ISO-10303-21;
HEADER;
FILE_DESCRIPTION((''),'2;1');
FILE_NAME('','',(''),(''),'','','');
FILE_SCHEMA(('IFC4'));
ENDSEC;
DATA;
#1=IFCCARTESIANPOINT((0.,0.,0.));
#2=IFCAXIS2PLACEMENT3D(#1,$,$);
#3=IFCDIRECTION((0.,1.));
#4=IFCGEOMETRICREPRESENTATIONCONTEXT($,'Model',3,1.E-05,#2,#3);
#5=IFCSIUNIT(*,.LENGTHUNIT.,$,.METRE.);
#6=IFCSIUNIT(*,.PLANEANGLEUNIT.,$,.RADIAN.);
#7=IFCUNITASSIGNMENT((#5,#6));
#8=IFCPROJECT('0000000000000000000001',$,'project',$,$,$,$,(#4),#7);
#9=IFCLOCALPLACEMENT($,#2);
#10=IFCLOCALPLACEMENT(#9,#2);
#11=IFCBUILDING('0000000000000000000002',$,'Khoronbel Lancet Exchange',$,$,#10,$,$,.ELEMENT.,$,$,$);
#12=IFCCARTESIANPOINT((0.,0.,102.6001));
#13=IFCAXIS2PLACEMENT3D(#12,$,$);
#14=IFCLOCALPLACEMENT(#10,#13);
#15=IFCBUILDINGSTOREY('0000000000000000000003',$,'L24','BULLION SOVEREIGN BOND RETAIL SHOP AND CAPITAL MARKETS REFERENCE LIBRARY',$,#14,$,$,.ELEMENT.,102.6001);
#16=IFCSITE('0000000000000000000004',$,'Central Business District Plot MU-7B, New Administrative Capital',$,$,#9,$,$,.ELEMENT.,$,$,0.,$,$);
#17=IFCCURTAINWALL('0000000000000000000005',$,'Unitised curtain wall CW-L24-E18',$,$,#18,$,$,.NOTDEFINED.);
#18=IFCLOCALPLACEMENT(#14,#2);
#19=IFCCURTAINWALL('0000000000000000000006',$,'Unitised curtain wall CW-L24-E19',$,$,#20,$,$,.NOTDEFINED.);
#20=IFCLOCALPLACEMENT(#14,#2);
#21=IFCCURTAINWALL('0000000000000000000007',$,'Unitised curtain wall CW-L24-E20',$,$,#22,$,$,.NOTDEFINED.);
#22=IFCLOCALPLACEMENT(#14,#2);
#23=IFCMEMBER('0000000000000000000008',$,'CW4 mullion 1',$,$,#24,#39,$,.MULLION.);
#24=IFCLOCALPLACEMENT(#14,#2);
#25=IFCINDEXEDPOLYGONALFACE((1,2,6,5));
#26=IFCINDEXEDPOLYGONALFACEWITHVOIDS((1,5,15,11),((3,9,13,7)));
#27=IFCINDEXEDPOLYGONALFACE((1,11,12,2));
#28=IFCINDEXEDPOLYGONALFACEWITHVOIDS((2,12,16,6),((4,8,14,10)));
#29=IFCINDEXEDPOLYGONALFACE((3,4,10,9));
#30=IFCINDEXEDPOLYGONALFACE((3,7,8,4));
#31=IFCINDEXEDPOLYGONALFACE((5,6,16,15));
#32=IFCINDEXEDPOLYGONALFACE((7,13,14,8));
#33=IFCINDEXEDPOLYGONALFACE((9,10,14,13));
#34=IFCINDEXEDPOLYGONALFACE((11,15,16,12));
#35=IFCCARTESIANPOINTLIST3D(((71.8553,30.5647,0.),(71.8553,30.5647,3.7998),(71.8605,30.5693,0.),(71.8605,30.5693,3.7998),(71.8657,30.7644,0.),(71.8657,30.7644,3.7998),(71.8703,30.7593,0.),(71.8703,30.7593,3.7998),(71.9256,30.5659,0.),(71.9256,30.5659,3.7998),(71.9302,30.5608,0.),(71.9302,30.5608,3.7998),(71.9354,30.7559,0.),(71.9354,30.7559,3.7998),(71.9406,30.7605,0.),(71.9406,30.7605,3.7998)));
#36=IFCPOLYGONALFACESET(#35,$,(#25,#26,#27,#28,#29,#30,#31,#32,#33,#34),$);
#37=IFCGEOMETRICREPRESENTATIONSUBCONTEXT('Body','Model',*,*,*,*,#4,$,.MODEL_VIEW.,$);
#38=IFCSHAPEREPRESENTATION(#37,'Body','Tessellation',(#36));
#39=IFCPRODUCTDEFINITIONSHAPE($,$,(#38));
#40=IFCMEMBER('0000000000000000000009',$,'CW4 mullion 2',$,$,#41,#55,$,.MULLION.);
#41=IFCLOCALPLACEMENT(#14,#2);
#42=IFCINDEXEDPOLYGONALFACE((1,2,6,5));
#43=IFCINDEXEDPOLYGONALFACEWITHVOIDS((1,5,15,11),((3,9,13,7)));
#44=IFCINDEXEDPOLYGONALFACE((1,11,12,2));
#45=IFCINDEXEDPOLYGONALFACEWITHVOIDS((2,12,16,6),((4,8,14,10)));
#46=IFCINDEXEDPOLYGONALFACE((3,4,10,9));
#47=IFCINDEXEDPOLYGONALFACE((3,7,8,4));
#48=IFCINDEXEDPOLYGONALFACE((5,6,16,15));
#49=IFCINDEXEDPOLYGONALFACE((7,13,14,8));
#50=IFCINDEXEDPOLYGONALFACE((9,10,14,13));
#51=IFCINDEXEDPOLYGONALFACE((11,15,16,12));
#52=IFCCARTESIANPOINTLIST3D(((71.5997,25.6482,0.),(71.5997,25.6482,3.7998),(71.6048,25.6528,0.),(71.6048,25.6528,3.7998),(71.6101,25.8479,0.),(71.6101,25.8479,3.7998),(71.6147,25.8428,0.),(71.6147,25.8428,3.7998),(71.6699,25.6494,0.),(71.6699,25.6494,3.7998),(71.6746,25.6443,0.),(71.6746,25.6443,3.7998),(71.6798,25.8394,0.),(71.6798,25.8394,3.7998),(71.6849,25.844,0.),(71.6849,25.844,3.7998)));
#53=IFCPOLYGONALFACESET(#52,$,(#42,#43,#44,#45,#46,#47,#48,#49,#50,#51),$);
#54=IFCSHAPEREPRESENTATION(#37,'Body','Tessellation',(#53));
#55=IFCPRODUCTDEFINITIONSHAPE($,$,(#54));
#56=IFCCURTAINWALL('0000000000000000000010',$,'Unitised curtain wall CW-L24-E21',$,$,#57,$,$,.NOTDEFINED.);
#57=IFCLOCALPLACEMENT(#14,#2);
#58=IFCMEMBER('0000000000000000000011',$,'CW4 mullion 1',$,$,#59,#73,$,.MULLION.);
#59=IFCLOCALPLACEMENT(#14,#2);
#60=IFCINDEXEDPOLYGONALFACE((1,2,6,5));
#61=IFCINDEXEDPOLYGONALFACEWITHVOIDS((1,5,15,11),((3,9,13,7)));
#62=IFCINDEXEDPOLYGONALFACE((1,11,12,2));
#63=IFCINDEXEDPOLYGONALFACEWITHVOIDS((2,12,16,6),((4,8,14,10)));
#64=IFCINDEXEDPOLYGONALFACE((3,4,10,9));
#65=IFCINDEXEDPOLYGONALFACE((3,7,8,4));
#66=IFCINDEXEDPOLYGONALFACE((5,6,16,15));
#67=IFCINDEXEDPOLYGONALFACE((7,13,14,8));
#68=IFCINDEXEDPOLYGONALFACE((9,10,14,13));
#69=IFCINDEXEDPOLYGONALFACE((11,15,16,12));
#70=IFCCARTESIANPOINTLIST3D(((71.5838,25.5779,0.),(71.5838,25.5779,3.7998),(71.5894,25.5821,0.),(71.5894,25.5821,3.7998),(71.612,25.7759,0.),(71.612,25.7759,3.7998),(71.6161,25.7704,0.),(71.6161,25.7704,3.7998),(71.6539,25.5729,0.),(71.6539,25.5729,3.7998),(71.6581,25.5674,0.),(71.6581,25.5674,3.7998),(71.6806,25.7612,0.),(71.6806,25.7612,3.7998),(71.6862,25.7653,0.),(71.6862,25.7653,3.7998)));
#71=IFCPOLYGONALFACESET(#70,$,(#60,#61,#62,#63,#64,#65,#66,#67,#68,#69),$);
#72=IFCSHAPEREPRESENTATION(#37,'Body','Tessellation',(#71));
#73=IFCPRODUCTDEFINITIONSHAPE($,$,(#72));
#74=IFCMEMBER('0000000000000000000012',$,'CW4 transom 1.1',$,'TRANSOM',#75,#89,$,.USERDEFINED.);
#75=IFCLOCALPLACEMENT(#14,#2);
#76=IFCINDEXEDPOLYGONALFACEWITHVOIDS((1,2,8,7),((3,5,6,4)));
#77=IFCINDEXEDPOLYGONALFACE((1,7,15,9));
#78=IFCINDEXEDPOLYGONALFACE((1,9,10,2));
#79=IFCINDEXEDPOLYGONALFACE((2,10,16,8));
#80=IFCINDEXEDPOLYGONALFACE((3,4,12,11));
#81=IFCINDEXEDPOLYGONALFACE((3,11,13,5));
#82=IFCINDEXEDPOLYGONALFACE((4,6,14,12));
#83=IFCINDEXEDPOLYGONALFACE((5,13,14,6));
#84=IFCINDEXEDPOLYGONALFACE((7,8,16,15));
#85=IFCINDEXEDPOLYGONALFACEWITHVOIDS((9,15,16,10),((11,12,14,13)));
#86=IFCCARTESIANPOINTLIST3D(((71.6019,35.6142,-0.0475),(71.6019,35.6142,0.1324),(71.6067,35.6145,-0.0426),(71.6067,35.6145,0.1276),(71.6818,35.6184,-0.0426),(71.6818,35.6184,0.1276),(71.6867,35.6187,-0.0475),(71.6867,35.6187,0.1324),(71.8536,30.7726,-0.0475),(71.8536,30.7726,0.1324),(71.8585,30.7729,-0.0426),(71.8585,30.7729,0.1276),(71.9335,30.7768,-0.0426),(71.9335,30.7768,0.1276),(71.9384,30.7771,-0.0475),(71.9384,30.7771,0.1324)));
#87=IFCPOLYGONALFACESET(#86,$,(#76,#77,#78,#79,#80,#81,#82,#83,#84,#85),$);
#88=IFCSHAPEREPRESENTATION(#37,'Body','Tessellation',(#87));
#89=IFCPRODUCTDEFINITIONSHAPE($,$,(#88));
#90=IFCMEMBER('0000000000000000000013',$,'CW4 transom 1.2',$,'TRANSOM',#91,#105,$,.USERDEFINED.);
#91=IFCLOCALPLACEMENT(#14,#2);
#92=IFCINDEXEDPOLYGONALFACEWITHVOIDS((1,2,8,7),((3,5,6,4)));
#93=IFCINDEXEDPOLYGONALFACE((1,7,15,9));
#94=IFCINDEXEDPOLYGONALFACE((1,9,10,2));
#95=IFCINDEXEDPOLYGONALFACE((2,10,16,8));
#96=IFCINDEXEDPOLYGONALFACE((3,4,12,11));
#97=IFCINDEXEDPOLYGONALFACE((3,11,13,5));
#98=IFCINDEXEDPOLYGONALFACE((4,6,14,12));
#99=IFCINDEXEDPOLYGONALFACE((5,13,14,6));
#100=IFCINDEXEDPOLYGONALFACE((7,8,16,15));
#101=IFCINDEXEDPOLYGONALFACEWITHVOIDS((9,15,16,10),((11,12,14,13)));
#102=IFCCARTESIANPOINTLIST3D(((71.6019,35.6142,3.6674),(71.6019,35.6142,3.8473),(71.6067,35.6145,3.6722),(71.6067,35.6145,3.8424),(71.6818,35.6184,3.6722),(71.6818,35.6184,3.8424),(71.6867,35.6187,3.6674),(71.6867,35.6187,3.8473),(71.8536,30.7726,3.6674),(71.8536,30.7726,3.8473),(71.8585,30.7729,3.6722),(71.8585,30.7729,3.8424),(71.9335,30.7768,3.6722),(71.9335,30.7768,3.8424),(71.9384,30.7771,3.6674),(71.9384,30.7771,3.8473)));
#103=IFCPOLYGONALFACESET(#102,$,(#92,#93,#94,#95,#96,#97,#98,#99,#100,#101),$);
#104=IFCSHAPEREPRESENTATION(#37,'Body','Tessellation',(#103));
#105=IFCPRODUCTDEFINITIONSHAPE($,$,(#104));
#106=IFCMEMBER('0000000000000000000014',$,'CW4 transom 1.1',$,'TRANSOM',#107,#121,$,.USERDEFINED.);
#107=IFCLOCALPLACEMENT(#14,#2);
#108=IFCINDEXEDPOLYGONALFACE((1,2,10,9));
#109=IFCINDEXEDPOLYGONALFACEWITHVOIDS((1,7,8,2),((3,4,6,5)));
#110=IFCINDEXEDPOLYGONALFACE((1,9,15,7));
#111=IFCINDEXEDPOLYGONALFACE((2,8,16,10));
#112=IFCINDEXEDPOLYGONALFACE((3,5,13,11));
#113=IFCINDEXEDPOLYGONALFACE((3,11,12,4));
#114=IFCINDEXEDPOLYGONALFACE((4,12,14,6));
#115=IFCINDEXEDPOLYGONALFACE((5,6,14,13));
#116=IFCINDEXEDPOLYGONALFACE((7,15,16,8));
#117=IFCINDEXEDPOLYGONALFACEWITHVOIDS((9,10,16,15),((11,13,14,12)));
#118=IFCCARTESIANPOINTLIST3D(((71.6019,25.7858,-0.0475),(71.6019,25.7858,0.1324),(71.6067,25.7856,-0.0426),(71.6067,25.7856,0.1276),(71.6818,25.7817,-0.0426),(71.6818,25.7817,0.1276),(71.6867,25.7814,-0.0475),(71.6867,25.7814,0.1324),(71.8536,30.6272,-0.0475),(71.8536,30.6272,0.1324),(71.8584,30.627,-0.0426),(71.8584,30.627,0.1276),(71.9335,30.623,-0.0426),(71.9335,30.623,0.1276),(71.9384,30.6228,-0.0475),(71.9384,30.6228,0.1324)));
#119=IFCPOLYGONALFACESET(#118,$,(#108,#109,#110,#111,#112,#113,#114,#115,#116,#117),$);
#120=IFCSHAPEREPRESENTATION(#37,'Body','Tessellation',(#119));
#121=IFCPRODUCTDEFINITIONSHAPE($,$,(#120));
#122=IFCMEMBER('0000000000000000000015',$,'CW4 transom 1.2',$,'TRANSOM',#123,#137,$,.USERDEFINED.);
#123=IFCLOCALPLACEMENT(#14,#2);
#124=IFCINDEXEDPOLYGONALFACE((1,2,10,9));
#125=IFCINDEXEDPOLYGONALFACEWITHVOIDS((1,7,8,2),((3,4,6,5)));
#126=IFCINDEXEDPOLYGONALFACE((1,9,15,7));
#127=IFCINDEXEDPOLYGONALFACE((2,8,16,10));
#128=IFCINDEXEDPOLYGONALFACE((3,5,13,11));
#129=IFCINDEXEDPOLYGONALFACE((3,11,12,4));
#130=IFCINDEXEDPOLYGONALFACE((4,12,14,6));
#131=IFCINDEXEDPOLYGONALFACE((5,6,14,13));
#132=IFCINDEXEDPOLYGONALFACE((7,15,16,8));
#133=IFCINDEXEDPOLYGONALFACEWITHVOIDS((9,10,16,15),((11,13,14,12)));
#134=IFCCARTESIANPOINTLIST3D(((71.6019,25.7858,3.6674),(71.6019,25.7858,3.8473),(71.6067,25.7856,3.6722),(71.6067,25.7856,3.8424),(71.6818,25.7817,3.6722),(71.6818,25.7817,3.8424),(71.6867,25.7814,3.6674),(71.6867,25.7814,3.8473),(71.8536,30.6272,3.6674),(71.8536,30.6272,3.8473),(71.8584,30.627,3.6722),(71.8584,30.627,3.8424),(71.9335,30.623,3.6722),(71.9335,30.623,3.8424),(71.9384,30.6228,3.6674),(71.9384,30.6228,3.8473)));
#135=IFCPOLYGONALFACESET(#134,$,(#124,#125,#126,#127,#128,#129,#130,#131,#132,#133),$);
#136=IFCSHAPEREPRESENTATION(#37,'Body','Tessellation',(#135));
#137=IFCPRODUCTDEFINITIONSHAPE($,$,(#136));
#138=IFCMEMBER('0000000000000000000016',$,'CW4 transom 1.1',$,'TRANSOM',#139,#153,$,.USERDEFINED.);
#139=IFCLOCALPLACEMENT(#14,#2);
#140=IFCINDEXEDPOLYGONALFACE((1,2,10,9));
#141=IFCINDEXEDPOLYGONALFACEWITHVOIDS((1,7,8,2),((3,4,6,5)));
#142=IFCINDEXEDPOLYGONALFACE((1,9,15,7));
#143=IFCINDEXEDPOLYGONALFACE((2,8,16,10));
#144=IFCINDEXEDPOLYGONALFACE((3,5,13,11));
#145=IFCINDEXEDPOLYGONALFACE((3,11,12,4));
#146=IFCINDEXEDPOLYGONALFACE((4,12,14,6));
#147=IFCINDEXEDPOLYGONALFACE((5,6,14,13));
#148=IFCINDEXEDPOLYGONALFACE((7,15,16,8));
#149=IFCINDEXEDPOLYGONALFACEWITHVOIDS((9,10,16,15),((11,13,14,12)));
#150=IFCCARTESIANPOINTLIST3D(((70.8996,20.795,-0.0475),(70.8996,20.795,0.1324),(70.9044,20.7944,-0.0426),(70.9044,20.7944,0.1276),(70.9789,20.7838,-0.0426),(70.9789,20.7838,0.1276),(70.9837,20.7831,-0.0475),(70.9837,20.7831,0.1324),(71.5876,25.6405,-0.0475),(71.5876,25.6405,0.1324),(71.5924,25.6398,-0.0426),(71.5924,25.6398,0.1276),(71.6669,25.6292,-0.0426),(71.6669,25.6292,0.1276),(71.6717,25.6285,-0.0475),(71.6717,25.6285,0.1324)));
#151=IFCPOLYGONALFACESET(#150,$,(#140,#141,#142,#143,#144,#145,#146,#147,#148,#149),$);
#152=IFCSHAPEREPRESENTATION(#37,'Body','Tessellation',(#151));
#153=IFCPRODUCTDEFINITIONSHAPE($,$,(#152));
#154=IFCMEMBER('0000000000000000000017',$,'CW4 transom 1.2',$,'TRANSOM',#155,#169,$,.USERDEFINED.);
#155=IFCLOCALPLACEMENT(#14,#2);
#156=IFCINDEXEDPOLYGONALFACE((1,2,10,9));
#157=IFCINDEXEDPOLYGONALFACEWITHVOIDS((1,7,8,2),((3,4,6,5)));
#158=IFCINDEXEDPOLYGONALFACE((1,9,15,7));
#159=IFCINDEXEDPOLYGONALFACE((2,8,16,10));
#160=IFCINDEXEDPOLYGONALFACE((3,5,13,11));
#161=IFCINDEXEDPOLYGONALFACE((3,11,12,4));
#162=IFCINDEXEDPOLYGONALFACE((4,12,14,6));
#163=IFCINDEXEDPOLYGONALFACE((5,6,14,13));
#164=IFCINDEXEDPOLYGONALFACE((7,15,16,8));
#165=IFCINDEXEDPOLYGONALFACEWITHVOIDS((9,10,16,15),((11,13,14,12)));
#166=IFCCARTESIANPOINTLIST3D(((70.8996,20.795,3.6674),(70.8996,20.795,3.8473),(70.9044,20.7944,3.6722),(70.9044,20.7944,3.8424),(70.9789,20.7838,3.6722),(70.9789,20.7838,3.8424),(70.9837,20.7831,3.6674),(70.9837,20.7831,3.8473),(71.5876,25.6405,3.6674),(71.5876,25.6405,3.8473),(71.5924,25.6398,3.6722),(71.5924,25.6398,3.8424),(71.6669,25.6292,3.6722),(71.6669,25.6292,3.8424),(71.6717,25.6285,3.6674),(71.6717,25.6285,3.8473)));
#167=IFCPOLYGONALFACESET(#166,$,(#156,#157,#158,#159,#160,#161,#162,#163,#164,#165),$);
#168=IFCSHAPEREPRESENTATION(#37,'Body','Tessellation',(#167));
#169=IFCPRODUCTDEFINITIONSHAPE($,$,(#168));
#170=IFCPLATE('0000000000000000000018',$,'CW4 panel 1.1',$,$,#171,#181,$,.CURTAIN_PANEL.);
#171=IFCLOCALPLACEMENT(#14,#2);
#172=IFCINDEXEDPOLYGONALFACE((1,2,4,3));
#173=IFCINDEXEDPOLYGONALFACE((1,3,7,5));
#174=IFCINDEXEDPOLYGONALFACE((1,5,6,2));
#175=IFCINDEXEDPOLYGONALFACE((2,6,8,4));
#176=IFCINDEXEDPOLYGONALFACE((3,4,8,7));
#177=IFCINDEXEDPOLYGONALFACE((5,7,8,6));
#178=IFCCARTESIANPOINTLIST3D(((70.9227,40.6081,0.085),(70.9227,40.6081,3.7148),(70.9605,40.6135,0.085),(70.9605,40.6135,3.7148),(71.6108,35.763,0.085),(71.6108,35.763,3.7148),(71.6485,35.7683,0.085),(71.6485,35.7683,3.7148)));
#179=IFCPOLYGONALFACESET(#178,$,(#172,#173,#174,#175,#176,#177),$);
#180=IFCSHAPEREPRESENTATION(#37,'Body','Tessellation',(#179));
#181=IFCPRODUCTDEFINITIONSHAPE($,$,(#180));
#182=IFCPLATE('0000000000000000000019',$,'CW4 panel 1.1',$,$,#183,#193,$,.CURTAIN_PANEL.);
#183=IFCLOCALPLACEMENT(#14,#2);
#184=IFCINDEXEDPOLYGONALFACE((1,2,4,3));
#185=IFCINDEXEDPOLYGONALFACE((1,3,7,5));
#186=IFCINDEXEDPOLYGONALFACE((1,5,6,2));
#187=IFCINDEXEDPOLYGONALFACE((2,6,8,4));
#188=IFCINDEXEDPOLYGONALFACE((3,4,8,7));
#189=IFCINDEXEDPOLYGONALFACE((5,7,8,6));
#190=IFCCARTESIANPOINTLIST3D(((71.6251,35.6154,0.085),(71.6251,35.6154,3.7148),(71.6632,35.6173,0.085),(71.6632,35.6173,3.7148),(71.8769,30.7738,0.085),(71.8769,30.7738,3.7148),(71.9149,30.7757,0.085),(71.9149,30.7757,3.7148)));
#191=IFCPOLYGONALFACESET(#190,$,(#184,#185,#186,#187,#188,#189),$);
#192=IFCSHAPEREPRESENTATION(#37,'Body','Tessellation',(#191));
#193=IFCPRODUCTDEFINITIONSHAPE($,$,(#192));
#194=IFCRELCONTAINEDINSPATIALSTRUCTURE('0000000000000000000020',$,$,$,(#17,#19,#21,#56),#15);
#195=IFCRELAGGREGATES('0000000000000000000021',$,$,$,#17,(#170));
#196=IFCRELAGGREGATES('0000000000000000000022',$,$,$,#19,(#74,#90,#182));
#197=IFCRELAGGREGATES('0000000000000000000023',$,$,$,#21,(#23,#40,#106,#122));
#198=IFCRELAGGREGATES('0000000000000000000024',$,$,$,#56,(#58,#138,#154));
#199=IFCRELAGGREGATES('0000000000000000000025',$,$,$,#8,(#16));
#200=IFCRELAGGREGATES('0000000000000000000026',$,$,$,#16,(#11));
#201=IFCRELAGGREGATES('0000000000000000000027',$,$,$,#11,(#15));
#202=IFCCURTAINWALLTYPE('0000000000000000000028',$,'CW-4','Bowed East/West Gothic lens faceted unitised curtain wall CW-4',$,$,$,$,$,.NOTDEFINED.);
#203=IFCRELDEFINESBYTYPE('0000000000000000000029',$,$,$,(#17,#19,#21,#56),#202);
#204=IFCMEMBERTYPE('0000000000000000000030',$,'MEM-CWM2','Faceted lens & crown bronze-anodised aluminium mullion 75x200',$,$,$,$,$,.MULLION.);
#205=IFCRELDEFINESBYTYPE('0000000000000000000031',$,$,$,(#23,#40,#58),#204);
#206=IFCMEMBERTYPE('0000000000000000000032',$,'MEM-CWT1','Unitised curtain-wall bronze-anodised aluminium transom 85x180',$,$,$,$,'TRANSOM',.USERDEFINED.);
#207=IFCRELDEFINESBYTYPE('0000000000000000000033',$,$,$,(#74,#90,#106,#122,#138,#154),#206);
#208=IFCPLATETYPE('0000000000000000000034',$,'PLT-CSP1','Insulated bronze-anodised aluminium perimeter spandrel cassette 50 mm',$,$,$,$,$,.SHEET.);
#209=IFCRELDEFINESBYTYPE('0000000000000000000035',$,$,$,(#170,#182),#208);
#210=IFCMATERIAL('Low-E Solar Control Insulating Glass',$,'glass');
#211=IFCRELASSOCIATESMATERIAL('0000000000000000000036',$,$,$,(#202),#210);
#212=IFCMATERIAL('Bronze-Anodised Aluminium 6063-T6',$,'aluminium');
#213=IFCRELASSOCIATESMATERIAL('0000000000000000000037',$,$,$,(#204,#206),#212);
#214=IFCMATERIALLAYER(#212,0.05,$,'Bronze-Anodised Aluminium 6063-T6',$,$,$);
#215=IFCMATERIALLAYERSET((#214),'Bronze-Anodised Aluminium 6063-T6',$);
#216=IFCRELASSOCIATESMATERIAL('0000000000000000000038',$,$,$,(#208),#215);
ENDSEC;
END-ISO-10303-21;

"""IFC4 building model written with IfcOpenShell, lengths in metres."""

from ifc_helpers import new_model, si_unit, direction, frame, origin, origin_2d, place, context, subcontext, project, spatial, rectangle, hollow_rectangle, extrude, material, layer, layer_set, material_profile, profile_set, type_object, element, aggregate, save


model = new_model("IFC4")

# Units and contexts
model_context = context("Model", 3, precision=1e-05, world=origin(), true_north=direction((0.0, 1.0)))
body_context = subcontext(model_context, "Body", "Model", "MODEL_VIEW")
ifc_project = project(units=[si_unit("LENGTHUNIT", "METRE"), si_unit("PLANEANGLEUNIT", "RADIAN")], contexts=[model_context])

# Site, building, storey
site_placement = place(None, origin())
site = spatial("IfcSite", under=ifc_project, at=site_placement, Name="Central Business District Plot MU-7B, New Administrative Capital", CompositionType="ELEMENT", RefElevation=0.0)
building_placement = place(site_placement, origin())
building = spatial("IfcBuilding", under=site, at=building_placement, Name="Khoronbel Lancet Exchange", CompositionType="ELEMENT")
storey_placement = place(building_placement, frame((0.0, 0.0, 102.6001)))
storey = spatial("IfcBuildingStorey", under=building, at=storey_placement, Name="L24", Description="BULLION SOVEREIGN BOND RETAIL SHOP AND CAPITAL MARKETS REFERENCE LIBRARY", CompositionType="ELEMENT", Elevation=102.6001)

# Curtain wall
ifc_material_1 = material(Name="Low-E Solar Control Insulating Glass", Category="glass")
curtain_wall_type = type_object("IfcCurtainWallType", Name="CW-4", Description="Bowed East/West Gothic lens faceted unitised curtain wall CW-4", PredefinedType="NOTDEFINED", material=ifc_material_1)
curtain_wall_1_placement = place(storey_placement, origin())
curtain_wall_1 = element("IfcCurtainWall", 1, at=curtain_wall_1_placement, inside=storey, type_object=curtain_wall_type, Name="Unitised curtain wall CW-L24-E18", PredefinedType="NOTDEFINED")
ifc_material_2 = material(Name="Bronze-Anodised Aluminium 6063-T6", Category="aluminium")
ifc_material_profile_1 = material_profile(ifc_material_2, hollow_rectangle(XDim=0.075, YDim=0.2, WallThickness=0.0049, at=origin_2d()), Name="ALU MULLION 75x200")
ifc_profile_set_1 = profile_set([ifc_material_profile_1], Name="Bronze-Anodised Aluminium 6063-T6")
member_type_1 = type_object("IfcMemberType", Name="MEM-CWM2", Description="Faceted lens & crown bronze-anodised aluminium mullion 75x200", PredefinedType="MULLION", material=ifc_profile_set_1)

# Curtain walls, members
curtain_wall_2_placement = place(storey_placement, origin())
curtain_wall_2 = element("IfcCurtainWall", 2, at=curtain_wall_2_placement, inside=storey, type_object=curtain_wall_type, Name="Unitised curtain wall CW-L24-E19", PredefinedType="NOTDEFINED")
curtain_wall_3_placement = place(storey_placement, origin())
curtain_wall_3 = element("IfcCurtainWall", 3, at=curtain_wall_3_placement, inside=storey, type_object=curtain_wall_type, Name="Unitised curtain wall CW-L24-E20", PredefinedType="NOTDEFINED")
member_1_placement = place(storey_placement, frame((71.8979, 30.6626, 0.0), z_axis=(0.0, 0.0, 1.0), x_axis=(0.998651, -0.05192, 0.0)))
member_1 = element("IfcMember", 4, at=member_1_placement, type_object=member_type_1, Name="CW4 mullion 1", PredefinedType="MULLION", context=body_context, shape_type="SweptSolid", body=[
    extrude(hollow_rectangle(XDim=0.075, YDim=0.2, WallThickness=0.0049, at=origin_2d()), origin(), (0.0, 0.0, 1.0), 3.7998),
])
member_2_placement = place(storey_placement, frame((71.6423, 25.7461, 0.0), z_axis=(0.0, 0.0, 1.0), x_axis=(0.998651, -0.05192, 0.0)))
member_2 = element("IfcMember", 5, at=member_2_placement, type_object=member_type_1, Name="CW4 mullion 2", PredefinedType="MULLION", context=body_context, shape_type="SweptSolid", body=[
    extrude(hollow_rectangle(XDim=0.075, YDim=0.2, WallThickness=0.0049, at=origin_2d()), origin(), (0.0, 0.0, 1.0), 3.7998),
])

# Curtain wall, member
curtain_wall_4_placement = place(storey_placement, origin())
curtain_wall_4 = element("IfcCurtainWall", 6, at=curtain_wall_4_placement, inside=storey, type_object=curtain_wall_type, Name="Unitised curtain wall CW-L24-E21", PredefinedType="NOTDEFINED")
member_3_placement = place(storey_placement, frame((71.635, 25.6716, 0.0), z_axis=(0.0, 0.0, 1.0), x_axis=(0.990066, -0.140605, 0.0)))
member_3 = element("IfcMember", 7, at=member_3_placement, type_object=member_type_1, Name="CW4 mullion 1", PredefinedType="MULLION", context=body_context, shape_type="SweptSolid", body=[
    extrude(hollow_rectangle(XDim=0.075, YDim=0.2, WallThickness=0.0049, at=origin_2d()), origin(), (0.0, 0.0, 1.0), 3.7998),
])

# Members
ifc_material_profile_2 = material_profile(ifc_material_2, hollow_rectangle(XDim=0.085, YDim=0.1799, WallThickness=0.0049, at=origin_2d()), Name="ALU TRANSOM 85x180")
ifc_profile_set_2 = profile_set([ifc_material_profile_2], Name="Bronze-Anodised Aluminium 6063-T6")
member_type_2 = type_object("IfcMemberType", Name="MEM-CWT1", Description="Unitised curtain-wall bronze-anodised aluminium transom 85x180", ElementType="TRANSOM", PredefinedType="USERDEFINED", material=ifc_profile_set_2)
member_4_placement = place(storey_placement, frame((71.6443, 35.6165, 0.0425), z_axis=(0.051919, -0.998651, 0.0), x_axis=(0.998651, 0.051919, 0.0)))
member_4 = element("IfcMember", 8, at=member_4_placement, type_object=member_type_2, Name="CW4 transom 1.1", ObjectType="TRANSOM", PredefinedType="USERDEFINED", context=body_context, shape_type="SweptSolid", body=[
    extrude(hollow_rectangle(XDim=0.085, YDim=0.1799, WallThickness=0.0049, at=origin_2d()), origin(), (0.0, 0.0, 1.0), 4.8481),
])
member_5_placement = place(storey_placement, frame((71.6443, 35.6165, 3.7573), z_axis=(0.051919, -0.998651, 0.0), x_axis=(0.998651, 0.051919, 0.0)))
member_5 = element("IfcMember", 9, at=member_5_placement, type_object=member_type_2, Name="CW4 transom 1.2", ObjectType="TRANSOM", PredefinedType="USERDEFINED", context=body_context, shape_type="SweptSolid", body=[
    extrude(hollow_rectangle(XDim=0.085, YDim=0.1799, WallThickness=0.0049, at=origin_2d()), origin(), (0.0, 0.0, 1.0), 4.8481),
])
member_6_placement = place(storey_placement, frame((71.896, 30.625, 0.0425), z_axis=(-0.051922, -0.998651, 0.0), x_axis=(0.998651, -0.051922, 0.0)))
member_6 = element("IfcMember", 10, at=member_6_placement, type_object=member_type_2, Name="CW4 transom 1.1", ObjectType="TRANSOM", PredefinedType="USERDEFINED", context=body_context, shape_type="SweptSolid", body=[
    extrude(hollow_rectangle(XDim=0.085, YDim=0.1799, WallThickness=0.0049, at=origin_2d()), origin(), (0.0, 0.0, 1.0), 4.8479),
])
member_7_placement = place(storey_placement, frame((71.896, 30.625, 3.7573), z_axis=(-0.051922, -0.998651, 0.0), x_axis=(0.998651, -0.051922, 0.0)))
member_7 = element("IfcMember", 11, at=member_7_placement, type_object=member_type_2, Name="CW4 transom 1.2", ObjectType="TRANSOM", PredefinedType="USERDEFINED", context=body_context, shape_type="SweptSolid", body=[
    extrude(hollow_rectangle(XDim=0.085, YDim=0.1799, WallThickness=0.0049, at=origin_2d()), origin(), (0.0, 0.0, 1.0), 4.8479),
])
member_8_placement = place(storey_placement, frame((71.6296, 25.6345, 0.0425), z_axis=(-0.140576, -0.99007, 0.0), x_axis=(0.99007, -0.140576, 0.0)))
member_8 = element("IfcMember", 12, at=member_8_placement, type_object=member_type_2, Name="CW4 transom 1.1", ObjectType="TRANSOM", PredefinedType="USERDEFINED", context=body_context, shape_type="SweptSolid", body=[
    extrude(hollow_rectangle(XDim=0.085, YDim=0.1799, WallThickness=0.0049, at=origin_2d()), origin(), (0.0, 0.0, 1.0), 4.894),
])
member_9_placement = place(storey_placement, frame((71.6296, 25.6345, 3.7573), z_axis=(-0.140576, -0.99007, 0.0), x_axis=(0.99007, -0.140576, 0.0)))
member_9 = element("IfcMember", 13, at=member_9_placement, type_object=member_type_2, Name="CW4 transom 1.2", ObjectType="TRANSOM", PredefinedType="USERDEFINED", context=body_context, shape_type="SweptSolid", body=[
    extrude(hollow_rectangle(XDim=0.085, YDim=0.1799, WallThickness=0.0049, at=origin_2d()), origin(), (0.0, 0.0, 1.0), 4.894),
])

# Plates
ifc_layer_1 = layer(ifc_material_2, 0.05, Name="Bronze-Anodised Aluminium 6063-T6")
ifc_layer_set_1 = layer_set([ifc_layer_1], Name="Bronze-Anodised Aluminium 6063-T6")
plate_type_1 = type_object("IfcPlateType", Name="PLT-CSP1", Description="Insulated bronze-anodised aluminium perimeter spandrel cassette 50 mm", PredefinedType="SHEET", material=ifc_layer_set_1)
plate_1_placement = place(storey_placement, frame((71.2856, 38.1882, 0.085), z_axis=(0.0, 0.0, 1.0), x_axis=(0.140605, -0.990066, 0.0)))
plate_1 = element("IfcPlate", 14, at=plate_1_placement, type_object=plate_type_1, Name="CW4 panel 1.1", PredefinedType="CURTAIN_PANEL", context=body_context, shape_type="SweptSolid", body=[
    extrude(rectangle(XDim=4.8938, YDim=0.0381, at=origin_2d()), origin(), (0.0, 0.0, 1.0), 3.6299),
])
aggregate(curtain_wall_1, [plate_1])
plate_2_placement = place(storey_placement, frame((71.77, 33.1956, 0.085), z_axis=(0.0, 0.0, 1.0), x_axis=(0.05192, -0.998651, 0.0)))
plate_2 = element("IfcPlate", 15, at=plate_2_placement, type_object=plate_type_1, Name="CW4 panel 1.1", PredefinedType="CURTAIN_PANEL", context=body_context, shape_type="SweptSolid", body=[
    extrude(rectangle(XDim=4.8481, YDim=0.0381, at=origin_2d()), origin(), (0.0, 0.0, 1.0), 3.6299),
])
aggregate(curtain_wall_2, [member_4, member_5, plate_2])
aggregate(curtain_wall_3, [member_1, member_2, member_6, member_7])
aggregate(curtain_wall_4, [member_3, member_8, member_9])

save(model, "model.ifc")
